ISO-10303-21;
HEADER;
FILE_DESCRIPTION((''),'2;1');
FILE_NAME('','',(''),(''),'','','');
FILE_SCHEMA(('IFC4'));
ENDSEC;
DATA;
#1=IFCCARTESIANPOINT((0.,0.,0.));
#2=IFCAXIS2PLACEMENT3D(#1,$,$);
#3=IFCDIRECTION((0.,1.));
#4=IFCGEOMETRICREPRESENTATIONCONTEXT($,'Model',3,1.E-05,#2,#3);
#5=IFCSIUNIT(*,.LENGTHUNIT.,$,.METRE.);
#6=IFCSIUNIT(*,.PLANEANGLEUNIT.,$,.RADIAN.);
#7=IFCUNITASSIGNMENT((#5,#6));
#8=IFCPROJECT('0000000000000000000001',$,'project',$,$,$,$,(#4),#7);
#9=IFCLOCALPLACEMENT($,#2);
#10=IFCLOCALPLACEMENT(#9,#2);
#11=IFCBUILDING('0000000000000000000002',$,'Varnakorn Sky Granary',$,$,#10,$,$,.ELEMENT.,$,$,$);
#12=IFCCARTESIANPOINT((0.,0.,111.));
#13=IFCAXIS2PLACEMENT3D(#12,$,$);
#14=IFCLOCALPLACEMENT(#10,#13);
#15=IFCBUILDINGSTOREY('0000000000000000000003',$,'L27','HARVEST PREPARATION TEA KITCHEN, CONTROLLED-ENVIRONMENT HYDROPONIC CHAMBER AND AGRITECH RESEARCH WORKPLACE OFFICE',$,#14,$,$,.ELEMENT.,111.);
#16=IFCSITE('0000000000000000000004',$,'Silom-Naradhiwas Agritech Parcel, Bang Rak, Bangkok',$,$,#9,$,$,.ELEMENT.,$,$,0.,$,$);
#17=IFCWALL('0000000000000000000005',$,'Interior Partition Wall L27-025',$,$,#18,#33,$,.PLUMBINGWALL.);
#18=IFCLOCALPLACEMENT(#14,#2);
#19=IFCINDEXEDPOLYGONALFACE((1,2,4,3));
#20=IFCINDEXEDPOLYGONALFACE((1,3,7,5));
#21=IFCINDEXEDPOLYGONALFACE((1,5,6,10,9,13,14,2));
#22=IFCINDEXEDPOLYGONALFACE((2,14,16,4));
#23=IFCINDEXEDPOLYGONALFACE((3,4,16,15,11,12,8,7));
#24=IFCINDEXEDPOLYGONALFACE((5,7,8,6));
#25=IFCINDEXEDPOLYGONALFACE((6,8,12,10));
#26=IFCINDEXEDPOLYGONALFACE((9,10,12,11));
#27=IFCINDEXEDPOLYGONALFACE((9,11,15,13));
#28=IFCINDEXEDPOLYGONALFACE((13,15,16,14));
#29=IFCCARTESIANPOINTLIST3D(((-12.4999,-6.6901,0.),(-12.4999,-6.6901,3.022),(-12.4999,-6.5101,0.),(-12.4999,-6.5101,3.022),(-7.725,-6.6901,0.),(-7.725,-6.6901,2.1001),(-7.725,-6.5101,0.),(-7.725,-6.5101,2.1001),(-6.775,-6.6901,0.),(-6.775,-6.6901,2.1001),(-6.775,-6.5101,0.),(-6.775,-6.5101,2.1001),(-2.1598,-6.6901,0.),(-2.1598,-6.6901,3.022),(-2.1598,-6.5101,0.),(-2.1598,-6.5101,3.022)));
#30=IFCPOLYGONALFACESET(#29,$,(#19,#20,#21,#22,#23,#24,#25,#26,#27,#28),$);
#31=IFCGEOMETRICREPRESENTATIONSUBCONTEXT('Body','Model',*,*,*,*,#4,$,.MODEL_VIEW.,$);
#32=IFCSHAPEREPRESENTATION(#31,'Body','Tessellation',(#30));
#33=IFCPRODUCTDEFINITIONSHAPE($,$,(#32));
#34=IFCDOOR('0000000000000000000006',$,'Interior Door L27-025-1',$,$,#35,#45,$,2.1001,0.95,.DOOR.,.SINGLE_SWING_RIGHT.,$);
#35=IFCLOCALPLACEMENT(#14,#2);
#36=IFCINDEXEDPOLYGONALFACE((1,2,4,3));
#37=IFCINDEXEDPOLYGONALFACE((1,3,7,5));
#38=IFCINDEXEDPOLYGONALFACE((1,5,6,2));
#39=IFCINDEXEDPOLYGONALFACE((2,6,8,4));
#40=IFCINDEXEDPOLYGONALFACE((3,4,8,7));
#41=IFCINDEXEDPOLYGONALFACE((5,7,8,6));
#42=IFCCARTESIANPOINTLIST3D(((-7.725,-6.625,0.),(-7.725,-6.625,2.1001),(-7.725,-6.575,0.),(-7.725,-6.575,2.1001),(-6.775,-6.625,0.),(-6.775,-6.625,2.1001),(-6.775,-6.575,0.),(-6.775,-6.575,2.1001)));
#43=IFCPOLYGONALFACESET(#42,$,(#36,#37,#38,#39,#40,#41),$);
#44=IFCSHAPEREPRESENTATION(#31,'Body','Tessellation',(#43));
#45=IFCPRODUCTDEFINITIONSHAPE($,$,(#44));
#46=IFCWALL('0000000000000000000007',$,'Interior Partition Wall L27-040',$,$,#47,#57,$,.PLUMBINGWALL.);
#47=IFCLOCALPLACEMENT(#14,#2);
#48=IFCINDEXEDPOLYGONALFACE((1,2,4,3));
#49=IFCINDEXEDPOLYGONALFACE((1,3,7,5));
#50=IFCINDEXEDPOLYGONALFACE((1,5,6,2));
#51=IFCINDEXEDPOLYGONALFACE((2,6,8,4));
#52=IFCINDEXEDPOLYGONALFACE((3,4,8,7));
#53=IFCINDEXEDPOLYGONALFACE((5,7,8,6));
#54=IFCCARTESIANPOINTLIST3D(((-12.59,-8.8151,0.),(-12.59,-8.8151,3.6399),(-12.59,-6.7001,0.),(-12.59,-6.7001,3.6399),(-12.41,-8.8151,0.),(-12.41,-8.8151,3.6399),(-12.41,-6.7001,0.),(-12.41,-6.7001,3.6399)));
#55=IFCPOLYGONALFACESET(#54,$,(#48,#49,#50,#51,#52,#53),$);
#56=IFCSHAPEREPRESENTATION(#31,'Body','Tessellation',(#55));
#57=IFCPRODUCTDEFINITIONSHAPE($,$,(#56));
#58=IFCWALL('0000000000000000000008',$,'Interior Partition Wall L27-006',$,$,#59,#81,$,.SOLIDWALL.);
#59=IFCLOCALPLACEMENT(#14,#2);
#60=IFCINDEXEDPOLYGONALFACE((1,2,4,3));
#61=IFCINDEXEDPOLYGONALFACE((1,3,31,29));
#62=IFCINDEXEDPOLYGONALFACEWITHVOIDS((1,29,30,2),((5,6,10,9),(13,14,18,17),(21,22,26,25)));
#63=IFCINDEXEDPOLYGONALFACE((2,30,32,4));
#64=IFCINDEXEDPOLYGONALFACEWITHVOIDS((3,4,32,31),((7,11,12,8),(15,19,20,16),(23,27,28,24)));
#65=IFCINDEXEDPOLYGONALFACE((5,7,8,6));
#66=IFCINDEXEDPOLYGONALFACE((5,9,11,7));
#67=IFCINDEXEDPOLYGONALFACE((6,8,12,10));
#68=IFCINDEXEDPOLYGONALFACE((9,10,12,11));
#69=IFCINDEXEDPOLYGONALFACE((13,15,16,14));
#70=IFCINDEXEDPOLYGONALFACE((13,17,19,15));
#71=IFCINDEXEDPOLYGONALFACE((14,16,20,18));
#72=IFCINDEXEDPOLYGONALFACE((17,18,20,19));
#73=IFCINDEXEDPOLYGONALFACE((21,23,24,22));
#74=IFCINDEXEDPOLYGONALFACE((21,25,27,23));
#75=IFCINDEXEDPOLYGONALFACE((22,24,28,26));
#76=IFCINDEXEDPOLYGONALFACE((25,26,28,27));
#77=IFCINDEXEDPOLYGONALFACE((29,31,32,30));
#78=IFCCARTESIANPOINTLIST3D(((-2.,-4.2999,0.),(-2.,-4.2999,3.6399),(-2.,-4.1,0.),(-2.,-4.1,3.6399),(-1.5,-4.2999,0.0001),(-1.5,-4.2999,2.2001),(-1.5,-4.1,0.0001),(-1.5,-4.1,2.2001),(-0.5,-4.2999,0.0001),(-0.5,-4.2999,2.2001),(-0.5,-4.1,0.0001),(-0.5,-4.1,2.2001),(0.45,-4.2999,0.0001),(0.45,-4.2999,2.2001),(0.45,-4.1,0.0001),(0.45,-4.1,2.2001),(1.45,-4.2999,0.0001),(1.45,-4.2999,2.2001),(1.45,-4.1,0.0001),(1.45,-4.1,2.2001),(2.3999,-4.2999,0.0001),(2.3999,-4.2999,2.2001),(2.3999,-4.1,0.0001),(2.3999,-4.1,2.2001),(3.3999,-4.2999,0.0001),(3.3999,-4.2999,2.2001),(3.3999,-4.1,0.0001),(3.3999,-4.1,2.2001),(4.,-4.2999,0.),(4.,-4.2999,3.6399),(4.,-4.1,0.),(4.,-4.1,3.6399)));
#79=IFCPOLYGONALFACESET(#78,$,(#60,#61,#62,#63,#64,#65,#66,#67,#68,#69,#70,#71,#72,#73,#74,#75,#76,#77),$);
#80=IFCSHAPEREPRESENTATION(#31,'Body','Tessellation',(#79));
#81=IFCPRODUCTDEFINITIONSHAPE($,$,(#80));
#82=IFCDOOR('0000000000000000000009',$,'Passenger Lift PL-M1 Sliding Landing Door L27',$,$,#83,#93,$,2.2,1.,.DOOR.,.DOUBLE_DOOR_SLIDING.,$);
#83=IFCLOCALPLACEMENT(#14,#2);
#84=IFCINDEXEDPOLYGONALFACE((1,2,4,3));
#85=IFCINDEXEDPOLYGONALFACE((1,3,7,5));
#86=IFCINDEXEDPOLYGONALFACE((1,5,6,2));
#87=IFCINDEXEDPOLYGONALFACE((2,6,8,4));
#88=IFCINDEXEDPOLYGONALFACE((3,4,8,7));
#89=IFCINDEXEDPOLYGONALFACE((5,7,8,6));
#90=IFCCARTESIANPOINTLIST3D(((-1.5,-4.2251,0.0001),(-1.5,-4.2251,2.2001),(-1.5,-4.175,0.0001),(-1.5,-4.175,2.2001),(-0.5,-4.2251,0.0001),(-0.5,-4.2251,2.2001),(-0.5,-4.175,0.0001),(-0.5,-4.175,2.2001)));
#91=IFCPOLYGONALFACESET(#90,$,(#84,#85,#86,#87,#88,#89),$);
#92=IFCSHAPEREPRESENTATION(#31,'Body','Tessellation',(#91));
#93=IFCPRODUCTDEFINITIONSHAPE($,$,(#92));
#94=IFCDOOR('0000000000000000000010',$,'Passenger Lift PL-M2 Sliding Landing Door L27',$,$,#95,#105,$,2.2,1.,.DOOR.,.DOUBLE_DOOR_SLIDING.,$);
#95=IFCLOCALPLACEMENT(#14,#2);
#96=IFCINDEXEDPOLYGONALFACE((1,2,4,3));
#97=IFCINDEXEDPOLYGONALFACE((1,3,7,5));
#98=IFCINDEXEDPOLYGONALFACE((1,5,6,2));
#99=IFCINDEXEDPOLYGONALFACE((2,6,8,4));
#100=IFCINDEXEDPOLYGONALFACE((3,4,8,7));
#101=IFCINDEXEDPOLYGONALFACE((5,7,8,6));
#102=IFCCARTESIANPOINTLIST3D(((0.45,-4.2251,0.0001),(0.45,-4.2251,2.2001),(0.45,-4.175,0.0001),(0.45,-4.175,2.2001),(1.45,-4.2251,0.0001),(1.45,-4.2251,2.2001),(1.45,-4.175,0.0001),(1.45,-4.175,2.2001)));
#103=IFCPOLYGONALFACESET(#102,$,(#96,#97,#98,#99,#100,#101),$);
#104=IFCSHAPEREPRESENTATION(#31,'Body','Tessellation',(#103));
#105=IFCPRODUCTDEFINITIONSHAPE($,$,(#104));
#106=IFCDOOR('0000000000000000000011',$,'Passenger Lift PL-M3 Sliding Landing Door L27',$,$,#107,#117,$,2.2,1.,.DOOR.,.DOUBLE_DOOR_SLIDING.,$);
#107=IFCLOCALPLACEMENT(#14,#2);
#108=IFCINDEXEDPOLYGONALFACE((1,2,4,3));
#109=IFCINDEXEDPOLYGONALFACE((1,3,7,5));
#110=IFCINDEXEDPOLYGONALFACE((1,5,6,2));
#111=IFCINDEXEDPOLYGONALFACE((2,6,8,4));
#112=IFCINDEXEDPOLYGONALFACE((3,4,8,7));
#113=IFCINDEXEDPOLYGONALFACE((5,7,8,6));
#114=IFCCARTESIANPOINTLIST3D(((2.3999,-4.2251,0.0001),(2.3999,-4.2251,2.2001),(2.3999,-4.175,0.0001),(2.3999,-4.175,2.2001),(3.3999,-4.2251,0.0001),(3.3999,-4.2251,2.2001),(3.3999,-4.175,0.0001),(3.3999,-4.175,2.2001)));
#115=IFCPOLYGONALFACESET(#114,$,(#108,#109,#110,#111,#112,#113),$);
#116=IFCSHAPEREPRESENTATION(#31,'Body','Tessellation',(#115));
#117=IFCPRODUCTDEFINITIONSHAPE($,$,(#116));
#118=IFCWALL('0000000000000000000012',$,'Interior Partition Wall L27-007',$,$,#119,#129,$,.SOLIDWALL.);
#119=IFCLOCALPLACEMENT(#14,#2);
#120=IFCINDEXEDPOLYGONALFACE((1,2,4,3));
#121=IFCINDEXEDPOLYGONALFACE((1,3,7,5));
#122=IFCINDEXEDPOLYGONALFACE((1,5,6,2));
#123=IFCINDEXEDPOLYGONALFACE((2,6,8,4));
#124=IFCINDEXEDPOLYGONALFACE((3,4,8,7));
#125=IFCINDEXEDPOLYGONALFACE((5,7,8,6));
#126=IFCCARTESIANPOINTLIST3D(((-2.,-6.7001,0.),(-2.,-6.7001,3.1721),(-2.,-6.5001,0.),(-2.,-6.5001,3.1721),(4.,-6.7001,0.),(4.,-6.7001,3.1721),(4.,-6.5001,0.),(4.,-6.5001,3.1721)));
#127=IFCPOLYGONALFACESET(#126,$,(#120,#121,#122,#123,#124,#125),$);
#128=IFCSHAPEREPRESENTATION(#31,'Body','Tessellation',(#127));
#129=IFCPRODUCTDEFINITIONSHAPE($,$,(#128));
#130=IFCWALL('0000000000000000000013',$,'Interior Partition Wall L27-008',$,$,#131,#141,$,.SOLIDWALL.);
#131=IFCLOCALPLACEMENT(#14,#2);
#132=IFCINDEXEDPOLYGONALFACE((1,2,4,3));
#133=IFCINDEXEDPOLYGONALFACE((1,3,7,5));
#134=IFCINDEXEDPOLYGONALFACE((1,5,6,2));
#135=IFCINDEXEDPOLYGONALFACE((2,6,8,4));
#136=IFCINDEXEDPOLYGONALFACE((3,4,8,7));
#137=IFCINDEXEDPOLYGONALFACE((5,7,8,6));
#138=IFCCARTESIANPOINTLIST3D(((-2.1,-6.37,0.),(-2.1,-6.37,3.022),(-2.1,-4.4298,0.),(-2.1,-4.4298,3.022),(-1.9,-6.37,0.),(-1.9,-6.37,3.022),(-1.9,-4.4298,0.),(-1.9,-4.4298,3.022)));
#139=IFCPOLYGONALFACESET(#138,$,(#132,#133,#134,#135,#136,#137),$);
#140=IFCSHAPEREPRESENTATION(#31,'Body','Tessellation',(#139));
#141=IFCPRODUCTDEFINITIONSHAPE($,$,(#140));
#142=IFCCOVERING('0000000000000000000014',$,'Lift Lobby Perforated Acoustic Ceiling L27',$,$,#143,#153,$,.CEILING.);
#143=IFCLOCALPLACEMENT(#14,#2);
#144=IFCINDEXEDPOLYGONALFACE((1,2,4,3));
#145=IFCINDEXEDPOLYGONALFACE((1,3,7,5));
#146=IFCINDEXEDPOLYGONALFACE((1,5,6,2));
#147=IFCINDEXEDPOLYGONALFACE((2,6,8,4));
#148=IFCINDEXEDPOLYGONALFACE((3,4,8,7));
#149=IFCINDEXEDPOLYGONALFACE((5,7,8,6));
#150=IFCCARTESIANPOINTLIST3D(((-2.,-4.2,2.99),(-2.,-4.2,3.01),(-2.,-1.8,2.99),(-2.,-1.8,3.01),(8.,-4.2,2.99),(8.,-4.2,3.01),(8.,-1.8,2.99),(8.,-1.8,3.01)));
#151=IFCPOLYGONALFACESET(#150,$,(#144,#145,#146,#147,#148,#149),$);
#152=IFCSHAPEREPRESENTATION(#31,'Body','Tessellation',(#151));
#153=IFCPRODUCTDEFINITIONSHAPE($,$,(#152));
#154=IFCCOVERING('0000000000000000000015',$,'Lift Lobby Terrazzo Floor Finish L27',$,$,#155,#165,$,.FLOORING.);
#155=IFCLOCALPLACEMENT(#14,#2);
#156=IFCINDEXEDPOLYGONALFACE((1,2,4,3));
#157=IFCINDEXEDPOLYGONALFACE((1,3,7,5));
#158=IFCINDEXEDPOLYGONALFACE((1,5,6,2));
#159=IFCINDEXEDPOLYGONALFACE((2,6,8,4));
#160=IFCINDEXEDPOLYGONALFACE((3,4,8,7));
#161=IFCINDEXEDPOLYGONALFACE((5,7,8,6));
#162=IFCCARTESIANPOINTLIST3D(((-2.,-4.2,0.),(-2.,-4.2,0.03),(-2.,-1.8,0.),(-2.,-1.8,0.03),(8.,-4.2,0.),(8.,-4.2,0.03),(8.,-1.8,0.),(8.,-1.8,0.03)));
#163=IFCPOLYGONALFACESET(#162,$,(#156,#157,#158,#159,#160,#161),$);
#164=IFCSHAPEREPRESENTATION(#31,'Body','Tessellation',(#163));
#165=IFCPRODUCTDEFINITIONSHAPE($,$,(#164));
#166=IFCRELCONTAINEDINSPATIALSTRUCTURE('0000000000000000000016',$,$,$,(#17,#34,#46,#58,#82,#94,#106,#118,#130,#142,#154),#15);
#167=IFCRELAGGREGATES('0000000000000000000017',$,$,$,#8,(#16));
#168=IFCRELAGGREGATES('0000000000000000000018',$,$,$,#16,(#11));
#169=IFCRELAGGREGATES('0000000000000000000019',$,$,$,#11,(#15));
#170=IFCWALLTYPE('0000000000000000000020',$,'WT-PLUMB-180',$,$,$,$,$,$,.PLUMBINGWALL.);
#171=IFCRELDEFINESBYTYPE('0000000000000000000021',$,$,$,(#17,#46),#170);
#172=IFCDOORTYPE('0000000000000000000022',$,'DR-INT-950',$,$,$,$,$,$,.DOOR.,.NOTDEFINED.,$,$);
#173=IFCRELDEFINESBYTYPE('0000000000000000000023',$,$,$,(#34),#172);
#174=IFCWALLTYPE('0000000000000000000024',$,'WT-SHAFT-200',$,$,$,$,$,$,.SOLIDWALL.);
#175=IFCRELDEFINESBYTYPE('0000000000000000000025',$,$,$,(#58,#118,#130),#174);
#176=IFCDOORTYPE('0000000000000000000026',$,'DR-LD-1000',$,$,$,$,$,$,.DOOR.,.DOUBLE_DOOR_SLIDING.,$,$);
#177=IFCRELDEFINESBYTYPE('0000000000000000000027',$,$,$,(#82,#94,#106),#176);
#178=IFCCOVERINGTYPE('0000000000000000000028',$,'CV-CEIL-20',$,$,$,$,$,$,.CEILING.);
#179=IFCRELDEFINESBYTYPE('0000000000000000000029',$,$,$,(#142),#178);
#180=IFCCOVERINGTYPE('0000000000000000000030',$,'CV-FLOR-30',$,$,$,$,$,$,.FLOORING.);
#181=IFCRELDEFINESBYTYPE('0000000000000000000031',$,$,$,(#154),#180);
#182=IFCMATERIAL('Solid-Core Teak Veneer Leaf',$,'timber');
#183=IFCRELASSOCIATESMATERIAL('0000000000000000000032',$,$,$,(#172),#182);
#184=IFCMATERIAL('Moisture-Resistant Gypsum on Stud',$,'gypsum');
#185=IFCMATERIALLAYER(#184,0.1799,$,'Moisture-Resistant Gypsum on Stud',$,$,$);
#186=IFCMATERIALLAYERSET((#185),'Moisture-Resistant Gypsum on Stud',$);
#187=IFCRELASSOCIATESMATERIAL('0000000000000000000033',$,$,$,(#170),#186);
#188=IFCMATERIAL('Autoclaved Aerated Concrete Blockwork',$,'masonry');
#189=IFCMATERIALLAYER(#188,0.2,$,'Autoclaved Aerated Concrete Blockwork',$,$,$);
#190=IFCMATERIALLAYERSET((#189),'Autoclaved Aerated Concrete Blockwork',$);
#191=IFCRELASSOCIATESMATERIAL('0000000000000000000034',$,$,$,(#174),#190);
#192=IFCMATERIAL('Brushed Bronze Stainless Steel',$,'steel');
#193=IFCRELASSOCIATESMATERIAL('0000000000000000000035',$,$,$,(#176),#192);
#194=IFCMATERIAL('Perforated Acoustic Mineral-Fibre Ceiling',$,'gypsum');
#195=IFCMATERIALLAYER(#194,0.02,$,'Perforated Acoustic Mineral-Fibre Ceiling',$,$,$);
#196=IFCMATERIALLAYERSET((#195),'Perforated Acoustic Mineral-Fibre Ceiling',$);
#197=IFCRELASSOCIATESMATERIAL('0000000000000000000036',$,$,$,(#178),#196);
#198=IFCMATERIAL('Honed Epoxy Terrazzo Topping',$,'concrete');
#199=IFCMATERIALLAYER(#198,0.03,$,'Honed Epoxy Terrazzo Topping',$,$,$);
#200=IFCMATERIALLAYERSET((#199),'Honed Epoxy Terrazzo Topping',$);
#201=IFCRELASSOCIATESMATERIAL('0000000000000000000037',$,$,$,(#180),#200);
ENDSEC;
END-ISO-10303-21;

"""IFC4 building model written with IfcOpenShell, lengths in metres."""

from ifc_helpers import new_model, si_unit, direction, frame, frame_2d, origin, place, context, subcontext, project, spatial, polyline, rectangle, outline, extrude, material, layer, layer_set, type_object, element, fill, save


model = new_model("IFC4")

# Units and contexts
model_context = context("Model", 3, precision=1e-05, world=origin(), true_north=direction((0.0, 1.0)))
body_context = subcontext(model_context, "Body", "Model", "MODEL_VIEW")
ifc_project = project(units=[si_unit("LENGTHUNIT", "METRE"), si_unit("PLANEANGLEUNIT", "RADIAN")], contexts=[model_context])

# Site, building, storey
site_placement = place(None, origin())
site = spatial("IfcSite", under=ifc_project, at=site_placement, Name="Silom-Naradhiwas Agritech Parcel, Bang Rak, Bangkok", CompositionType="ELEMENT", RefElevation=0.0)
building_placement = place(site_placement, origin())
building = spatial("IfcBuilding", under=site, at=building_placement, Name="Varnakorn Sky Granary", CompositionType="ELEMENT")
storey_placement = place(building_placement, frame((0.0, 0.0, 111.0)))
storey = spatial("IfcBuildingStorey", under=building, at=storey_placement, Name="L27", Description="HARVEST PREPARATION TEA KITCHEN, CONTROLLED-ENVIRONMENT HYDROPONIC CHAMBER AND AGRITECH RESEARCH WORKPLACE OFFICE", CompositionType="ELEMENT", Elevation=111.0)

# Shared definitions
ifc_material_1 = material(Name="Autoclaved Aerated Concrete Blockwork", Category="masonry")

# Wall, opening, door
ifc_material_2 = material(Name="Solid-Core Teak Veneer Leaf", Category="timber")
door_type_1 = type_object("IfcDoorType", Name="DR-INT-950", OperationType="NOTDEFINED", PredefinedType="DOOR", material=ifc_material_2)
ifc_material_3 = material(Name="Moisture-Resistant Gypsum on Stud", Category="gypsum")
ifc_layer_1 = layer(ifc_material_3, 0.1799, Name="Moisture-Resistant Gypsum on Stud")
ifc_layer_set_1 = layer_set([ifc_layer_1], Name="Moisture-Resistant Gypsum on Stud")
wall_type_1 = type_object("IfcWallType", Name="WT-PLUMB-180", PredefinedType="PLUMBINGWALL", material=ifc_layer_set_1)
wall_1_placement = place(storey_placement, frame((-2.1599, -6.6001, 0.0), z_axis=(0.0, 0.0, 1.0), x_axis=(-1.0, 0.0, 0.0)))
wall_1 = element("IfcWall", 1, at=wall_1_placement, inside=storey, type_object=wall_type_1, Name="Interior Partition Wall L27-025", PredefinedType="PLUMBINGWALL", context=body_context, shape_type="SweptSolid", body=[
    extrude(rectangle(XDim=10.3401, YDim=0.1799, at=frame_2d((5.1699, 0.0))), origin(), (0.0, 0.0, 1.0), 3.022),
])
opening_1_placement = place(wall_1_placement, frame((4.615, 0.0, 0.0)))
opening_1 = element("IfcOpeningElement", 2, at=opening_1_placement, cuts=wall_1, PredefinedType="OPENING", context=body_context, shape_type="SweptSolid", body=[
    extrude(rectangle(XDim=0.95, YDim=2.1001, at=frame_2d((0.4751, 1.05))), frame((0.0, 0.1001, 0.0), z_axis=(0.0, -1.0, 0.0), x_axis=(1.0, 0.0, 0.0)), (0.0, 0.0, 1.0), 0.2),
])
door_1_placement = place(opening_1_placement, origin())
door_1 = element("IfcDoor", 3, at=door_1_placement, inside=storey, type_object=door_type_1, Name="Interior Door L27-025-1", OperationType="SINGLE_SWING_RIGHT", OverallHeight=2.1001, OverallWidth=0.95, PredefinedType="DOOR", context=body_context, shape_type="SweptSolid", body=[
    extrude(rectangle(XDim=0.95, YDim=2.1001, at=frame_2d((0.4751, 1.05))), frame((0.0, 0.0249, 0.0), z_axis=(0.0, -1.0, 0.0), x_axis=(1.0, 0.0, 0.0)), (0.0, 0.0, 1.0), 0.05),
])
fill(opening_1, door_1)

# Wall
wall_2_placement = place(storey_placement, frame((-12.5, -6.7, 0.0), z_axis=(0.0, 0.0, 1.0), x_axis=(0.0, -1.0, 0.0)))
element("IfcWall", 4, at=wall_2_placement, inside=storey, type_object=wall_type_1, Name="Interior Partition Wall L27-040", PredefinedType="PLUMBINGWALL", context=body_context, shape_type="SweptSolid", body=[
    extrude(rectangle(XDim=2.115, YDim=0.1799, at=frame_2d((1.0576, 0.0))), origin(), (0.0, 0.0, 1.0), 3.6399),
])

# Wall, openings, doors
ifc_layer_2 = layer(ifc_material_1, 0.2, Name="Autoclaved Aerated Concrete Blockwork")
ifc_layer_set_2 = layer_set([ifc_layer_2], Name="Autoclaved Aerated Concrete Blockwork")
wall_type_2 = type_object("IfcWallType", Name="WT-SHAFT-200", PredefinedType="SOLIDWALL", material=ifc_layer_set_2)
wall_3_placement = place(storey_placement, frame((-2.0, -4.2, 0.0), z_axis=(0.0, 0.0, 1.0), x_axis=(1.0, 0.0, 0.0)))
wall_3 = element("IfcWall", 5, at=wall_3_placement, inside=storey, type_object=wall_type_2, Name="Interior Partition Wall L27-006", PredefinedType="SOLIDWALL", context=body_context, shape_type="SweptSolid", body=[
    extrude(rectangle(XDim=6.0, YDim=0.2, at=frame_2d((3.0, 0.0))), origin(), (0.0, 0.0, 1.0), 3.6399),
])
opening_2_placement = place(wall_3_placement, frame((0.5, 0.0, 0.0)))
opening_2 = element("IfcOpeningElement", 6, at=opening_2_placement, cuts=wall_3, PredefinedType="OPENING", context=body_context, shape_type="SweptSolid", body=[
    extrude(rectangle(XDim=1.0, YDim=2.2, at=frame_2d((0.5, 1.1001))), frame((0.0, 0.1099, 0.0), z_axis=(0.0, -1.0, 0.0), x_axis=(1.0, 0.0, 0.0)), (0.0, 0.0, 1.0), 0.22),
])
opening_3_placement = place(wall_3_placement, frame((2.45, 0.0, 0.0)))
opening_3 = element("IfcOpeningElement", 7, at=opening_3_placement, cuts=wall_3, PredefinedType="OPENING", context=body_context, shape_type="SweptSolid", body=[
    extrude(rectangle(XDim=1.0, YDim=2.2, at=frame_2d((0.5, 1.1001))), frame((0.0, 0.1099, 0.0), z_axis=(0.0, -1.0, 0.0), x_axis=(1.0, 0.0, 0.0)), (0.0, 0.0, 1.0), 0.22),
])
opening_4_placement = place(wall_3_placement, frame((4.3999, 0.0, 0.0)))
opening_4 = element("IfcOpeningElement", 8, at=opening_4_placement, cuts=wall_3, PredefinedType="OPENING", context=body_context, shape_type="SweptSolid", body=[
    extrude(rectangle(XDim=1.0, YDim=2.2, at=frame_2d((0.5, 1.1001))), frame((0.0, 0.1099, 0.0), z_axis=(0.0, -1.0, 0.0), x_axis=(1.0, 0.0, 0.0)), (0.0, 0.0, 1.0), 0.22),
])
ifc_material_4 = material(Name="Brushed Bronze Stainless Steel", Category="steel")
door_type_2 = type_object("IfcDoorType", Name="DR-LD-1000", OperationType="DOUBLE_DOOR_SLIDING", PredefinedType="DOOR", material=ifc_material_4)
door_2_placement = place(opening_2_placement, origin())
door_2 = element("IfcDoor", 9, at=door_2_placement, inside=storey, type_object=door_type_2, Name="Passenger Lift PL-M1 Sliding Landing Door L27", OperationType="DOUBLE_DOOR_SLIDING", OverallHeight=2.2, OverallWidth=1.0, PredefinedType="DOOR", context=body_context, shape_type="SweptSolid", body=[
    extrude(rectangle(XDim=1.0, YDim=2.2, at=frame_2d((0.5, 1.1001))), frame((0.0, 0.0249, 0.0), z_axis=(0.0, -1.0, 0.0), x_axis=(1.0, 0.0, 0.0)), (0.0, 0.0, 1.0), 0.05),
])
fill(opening_2, door_2)
door_3_placement = place(opening_3_placement, origin())
door_3 = element("IfcDoor", 10, at=door_3_placement, inside=storey, type_object=door_type_2, Name="Passenger Lift PL-M2 Sliding Landing Door L27", OperationType="DOUBLE_DOOR_SLIDING", OverallHeight=2.2, OverallWidth=1.0, PredefinedType="DOOR", context=body_context, shape_type="SweptSolid", body=[
    extrude(rectangle(XDim=1.0, YDim=2.2, at=frame_2d((0.5, 1.1001))), frame((0.0, 0.0249, 0.0), z_axis=(0.0, -1.0, 0.0), x_axis=(1.0, 0.0, 0.0)), (0.0, 0.0, 1.0), 0.05),
])
fill(opening_3, door_3)
door_4_placement = place(opening_4_placement, origin())
door_4 = element("IfcDoor", 11, at=door_4_placement, inside=storey, type_object=door_type_2, Name="Passenger Lift PL-M3 Sliding Landing Door L27", OperationType="DOUBLE_DOOR_SLIDING", OverallHeight=2.2, OverallWidth=1.0, PredefinedType="DOOR", context=body_context, shape_type="SweptSolid", body=[
    extrude(rectangle(XDim=1.0, YDim=2.2, at=frame_2d((0.5, 1.1001))), frame((0.0, 0.0249, 0.0), z_axis=(0.0, -1.0, 0.0), x_axis=(1.0, 0.0, 0.0)), (0.0, 0.0, 1.0), 0.05),
])
fill(opening_4, door_4)

# Walls
wall_4_placement = place(storey_placement, frame((-2.0, -6.6001, 0.0), z_axis=(0.0, 0.0, 1.0), x_axis=(1.0, 0.0, 0.0)))
element("IfcWall", 12, at=wall_4_placement, inside=storey, type_object=wall_type_2, Name="Interior Partition Wall L27-007", PredefinedType="SOLIDWALL", context=body_context, shape_type="SweptSolid", body=[
    extrude(rectangle(XDim=6.0, YDim=0.2, at=frame_2d((3.0, 0.0))), origin(), (0.0, 0.0, 1.0), 3.1721),
])
wall_5_placement = place(storey_placement, frame((-2.0, -6.3701, 0.0), z_axis=(0.0, 0.0, 1.0), x_axis=(0.0, 1.0, 0.0)))
element("IfcWall", 13, at=wall_5_placement, inside=storey, type_object=wall_type_2, Name="Interior Partition Wall L27-008", PredefinedType="SOLIDWALL", context=body_context, shape_type="SweptSolid", body=[
    extrude(rectangle(XDim=1.9402, YDim=0.2, at=frame_2d((0.9702, 0.0))), origin(), (0.0, 0.0, 1.0), 3.022),
])

# Coverings
ifc_material_5 = material(Name="Perforated Acoustic Mineral-Fibre Ceiling", Category="gypsum")
ifc_layer_3 = layer(ifc_material_5, 0.02, Name="Perforated Acoustic Mineral-Fibre Ceiling")
ifc_layer_set_3 = layer_set([ifc_layer_3], Name="Perforated Acoustic Mineral-Fibre Ceiling")
covering_type_1 = type_object("IfcCoveringType", Name="CV-CEIL-20", PredefinedType="CEILING", material=ifc_layer_set_3)
covering_1_placement = place(storey_placement, frame((0.0, 0.0, 2.99)))
element("IfcCovering", 14, at=covering_1_placement, inside=storey, type_object=covering_type_1, Name="Lift Lobby Perforated Acoustic Ceiling L27", PredefinedType="CEILING", context=body_context, shape_type="SweptSolid", body=[
    extrude(outline(polyline([(-2.0, -4.2), (8.0, -4.2), (8.0, -1.8), (-2.0, -1.8), (-2.0, -4.2)])), origin(), (0.0, 0.0, 1.0), 0.02),
])
ifc_material_6 = material(Name="Honed Epoxy Terrazzo Topping", Category="concrete")
ifc_layer_4 = layer(ifc_material_6, 0.03, Name="Honed Epoxy Terrazzo Topping")
ifc_layer_set_4 = layer_set([ifc_layer_4], Name="Honed Epoxy Terrazzo Topping")
covering_type_2 = type_object("IfcCoveringType", Name="CV-FLOR-30", PredefinedType="FLOORING", material=ifc_layer_set_4)
covering_2_placement = place(storey_placement, origin())
element("IfcCovering", 15, at=covering_2_placement, inside=storey, type_object=covering_type_2, Name="Lift Lobby Terrazzo Floor Finish L27", PredefinedType="FLOORING", context=body_context, shape_type="SweptSolid", body=[
    extrude(outline(polyline([(-2.0, -4.2), (8.0, -4.2), (8.0, -1.8), (-2.0, -1.8), (-2.0, -4.2)])), origin(), (0.0, 0.0, 1.0), 0.03),
])

save(model, "model.ifc")
